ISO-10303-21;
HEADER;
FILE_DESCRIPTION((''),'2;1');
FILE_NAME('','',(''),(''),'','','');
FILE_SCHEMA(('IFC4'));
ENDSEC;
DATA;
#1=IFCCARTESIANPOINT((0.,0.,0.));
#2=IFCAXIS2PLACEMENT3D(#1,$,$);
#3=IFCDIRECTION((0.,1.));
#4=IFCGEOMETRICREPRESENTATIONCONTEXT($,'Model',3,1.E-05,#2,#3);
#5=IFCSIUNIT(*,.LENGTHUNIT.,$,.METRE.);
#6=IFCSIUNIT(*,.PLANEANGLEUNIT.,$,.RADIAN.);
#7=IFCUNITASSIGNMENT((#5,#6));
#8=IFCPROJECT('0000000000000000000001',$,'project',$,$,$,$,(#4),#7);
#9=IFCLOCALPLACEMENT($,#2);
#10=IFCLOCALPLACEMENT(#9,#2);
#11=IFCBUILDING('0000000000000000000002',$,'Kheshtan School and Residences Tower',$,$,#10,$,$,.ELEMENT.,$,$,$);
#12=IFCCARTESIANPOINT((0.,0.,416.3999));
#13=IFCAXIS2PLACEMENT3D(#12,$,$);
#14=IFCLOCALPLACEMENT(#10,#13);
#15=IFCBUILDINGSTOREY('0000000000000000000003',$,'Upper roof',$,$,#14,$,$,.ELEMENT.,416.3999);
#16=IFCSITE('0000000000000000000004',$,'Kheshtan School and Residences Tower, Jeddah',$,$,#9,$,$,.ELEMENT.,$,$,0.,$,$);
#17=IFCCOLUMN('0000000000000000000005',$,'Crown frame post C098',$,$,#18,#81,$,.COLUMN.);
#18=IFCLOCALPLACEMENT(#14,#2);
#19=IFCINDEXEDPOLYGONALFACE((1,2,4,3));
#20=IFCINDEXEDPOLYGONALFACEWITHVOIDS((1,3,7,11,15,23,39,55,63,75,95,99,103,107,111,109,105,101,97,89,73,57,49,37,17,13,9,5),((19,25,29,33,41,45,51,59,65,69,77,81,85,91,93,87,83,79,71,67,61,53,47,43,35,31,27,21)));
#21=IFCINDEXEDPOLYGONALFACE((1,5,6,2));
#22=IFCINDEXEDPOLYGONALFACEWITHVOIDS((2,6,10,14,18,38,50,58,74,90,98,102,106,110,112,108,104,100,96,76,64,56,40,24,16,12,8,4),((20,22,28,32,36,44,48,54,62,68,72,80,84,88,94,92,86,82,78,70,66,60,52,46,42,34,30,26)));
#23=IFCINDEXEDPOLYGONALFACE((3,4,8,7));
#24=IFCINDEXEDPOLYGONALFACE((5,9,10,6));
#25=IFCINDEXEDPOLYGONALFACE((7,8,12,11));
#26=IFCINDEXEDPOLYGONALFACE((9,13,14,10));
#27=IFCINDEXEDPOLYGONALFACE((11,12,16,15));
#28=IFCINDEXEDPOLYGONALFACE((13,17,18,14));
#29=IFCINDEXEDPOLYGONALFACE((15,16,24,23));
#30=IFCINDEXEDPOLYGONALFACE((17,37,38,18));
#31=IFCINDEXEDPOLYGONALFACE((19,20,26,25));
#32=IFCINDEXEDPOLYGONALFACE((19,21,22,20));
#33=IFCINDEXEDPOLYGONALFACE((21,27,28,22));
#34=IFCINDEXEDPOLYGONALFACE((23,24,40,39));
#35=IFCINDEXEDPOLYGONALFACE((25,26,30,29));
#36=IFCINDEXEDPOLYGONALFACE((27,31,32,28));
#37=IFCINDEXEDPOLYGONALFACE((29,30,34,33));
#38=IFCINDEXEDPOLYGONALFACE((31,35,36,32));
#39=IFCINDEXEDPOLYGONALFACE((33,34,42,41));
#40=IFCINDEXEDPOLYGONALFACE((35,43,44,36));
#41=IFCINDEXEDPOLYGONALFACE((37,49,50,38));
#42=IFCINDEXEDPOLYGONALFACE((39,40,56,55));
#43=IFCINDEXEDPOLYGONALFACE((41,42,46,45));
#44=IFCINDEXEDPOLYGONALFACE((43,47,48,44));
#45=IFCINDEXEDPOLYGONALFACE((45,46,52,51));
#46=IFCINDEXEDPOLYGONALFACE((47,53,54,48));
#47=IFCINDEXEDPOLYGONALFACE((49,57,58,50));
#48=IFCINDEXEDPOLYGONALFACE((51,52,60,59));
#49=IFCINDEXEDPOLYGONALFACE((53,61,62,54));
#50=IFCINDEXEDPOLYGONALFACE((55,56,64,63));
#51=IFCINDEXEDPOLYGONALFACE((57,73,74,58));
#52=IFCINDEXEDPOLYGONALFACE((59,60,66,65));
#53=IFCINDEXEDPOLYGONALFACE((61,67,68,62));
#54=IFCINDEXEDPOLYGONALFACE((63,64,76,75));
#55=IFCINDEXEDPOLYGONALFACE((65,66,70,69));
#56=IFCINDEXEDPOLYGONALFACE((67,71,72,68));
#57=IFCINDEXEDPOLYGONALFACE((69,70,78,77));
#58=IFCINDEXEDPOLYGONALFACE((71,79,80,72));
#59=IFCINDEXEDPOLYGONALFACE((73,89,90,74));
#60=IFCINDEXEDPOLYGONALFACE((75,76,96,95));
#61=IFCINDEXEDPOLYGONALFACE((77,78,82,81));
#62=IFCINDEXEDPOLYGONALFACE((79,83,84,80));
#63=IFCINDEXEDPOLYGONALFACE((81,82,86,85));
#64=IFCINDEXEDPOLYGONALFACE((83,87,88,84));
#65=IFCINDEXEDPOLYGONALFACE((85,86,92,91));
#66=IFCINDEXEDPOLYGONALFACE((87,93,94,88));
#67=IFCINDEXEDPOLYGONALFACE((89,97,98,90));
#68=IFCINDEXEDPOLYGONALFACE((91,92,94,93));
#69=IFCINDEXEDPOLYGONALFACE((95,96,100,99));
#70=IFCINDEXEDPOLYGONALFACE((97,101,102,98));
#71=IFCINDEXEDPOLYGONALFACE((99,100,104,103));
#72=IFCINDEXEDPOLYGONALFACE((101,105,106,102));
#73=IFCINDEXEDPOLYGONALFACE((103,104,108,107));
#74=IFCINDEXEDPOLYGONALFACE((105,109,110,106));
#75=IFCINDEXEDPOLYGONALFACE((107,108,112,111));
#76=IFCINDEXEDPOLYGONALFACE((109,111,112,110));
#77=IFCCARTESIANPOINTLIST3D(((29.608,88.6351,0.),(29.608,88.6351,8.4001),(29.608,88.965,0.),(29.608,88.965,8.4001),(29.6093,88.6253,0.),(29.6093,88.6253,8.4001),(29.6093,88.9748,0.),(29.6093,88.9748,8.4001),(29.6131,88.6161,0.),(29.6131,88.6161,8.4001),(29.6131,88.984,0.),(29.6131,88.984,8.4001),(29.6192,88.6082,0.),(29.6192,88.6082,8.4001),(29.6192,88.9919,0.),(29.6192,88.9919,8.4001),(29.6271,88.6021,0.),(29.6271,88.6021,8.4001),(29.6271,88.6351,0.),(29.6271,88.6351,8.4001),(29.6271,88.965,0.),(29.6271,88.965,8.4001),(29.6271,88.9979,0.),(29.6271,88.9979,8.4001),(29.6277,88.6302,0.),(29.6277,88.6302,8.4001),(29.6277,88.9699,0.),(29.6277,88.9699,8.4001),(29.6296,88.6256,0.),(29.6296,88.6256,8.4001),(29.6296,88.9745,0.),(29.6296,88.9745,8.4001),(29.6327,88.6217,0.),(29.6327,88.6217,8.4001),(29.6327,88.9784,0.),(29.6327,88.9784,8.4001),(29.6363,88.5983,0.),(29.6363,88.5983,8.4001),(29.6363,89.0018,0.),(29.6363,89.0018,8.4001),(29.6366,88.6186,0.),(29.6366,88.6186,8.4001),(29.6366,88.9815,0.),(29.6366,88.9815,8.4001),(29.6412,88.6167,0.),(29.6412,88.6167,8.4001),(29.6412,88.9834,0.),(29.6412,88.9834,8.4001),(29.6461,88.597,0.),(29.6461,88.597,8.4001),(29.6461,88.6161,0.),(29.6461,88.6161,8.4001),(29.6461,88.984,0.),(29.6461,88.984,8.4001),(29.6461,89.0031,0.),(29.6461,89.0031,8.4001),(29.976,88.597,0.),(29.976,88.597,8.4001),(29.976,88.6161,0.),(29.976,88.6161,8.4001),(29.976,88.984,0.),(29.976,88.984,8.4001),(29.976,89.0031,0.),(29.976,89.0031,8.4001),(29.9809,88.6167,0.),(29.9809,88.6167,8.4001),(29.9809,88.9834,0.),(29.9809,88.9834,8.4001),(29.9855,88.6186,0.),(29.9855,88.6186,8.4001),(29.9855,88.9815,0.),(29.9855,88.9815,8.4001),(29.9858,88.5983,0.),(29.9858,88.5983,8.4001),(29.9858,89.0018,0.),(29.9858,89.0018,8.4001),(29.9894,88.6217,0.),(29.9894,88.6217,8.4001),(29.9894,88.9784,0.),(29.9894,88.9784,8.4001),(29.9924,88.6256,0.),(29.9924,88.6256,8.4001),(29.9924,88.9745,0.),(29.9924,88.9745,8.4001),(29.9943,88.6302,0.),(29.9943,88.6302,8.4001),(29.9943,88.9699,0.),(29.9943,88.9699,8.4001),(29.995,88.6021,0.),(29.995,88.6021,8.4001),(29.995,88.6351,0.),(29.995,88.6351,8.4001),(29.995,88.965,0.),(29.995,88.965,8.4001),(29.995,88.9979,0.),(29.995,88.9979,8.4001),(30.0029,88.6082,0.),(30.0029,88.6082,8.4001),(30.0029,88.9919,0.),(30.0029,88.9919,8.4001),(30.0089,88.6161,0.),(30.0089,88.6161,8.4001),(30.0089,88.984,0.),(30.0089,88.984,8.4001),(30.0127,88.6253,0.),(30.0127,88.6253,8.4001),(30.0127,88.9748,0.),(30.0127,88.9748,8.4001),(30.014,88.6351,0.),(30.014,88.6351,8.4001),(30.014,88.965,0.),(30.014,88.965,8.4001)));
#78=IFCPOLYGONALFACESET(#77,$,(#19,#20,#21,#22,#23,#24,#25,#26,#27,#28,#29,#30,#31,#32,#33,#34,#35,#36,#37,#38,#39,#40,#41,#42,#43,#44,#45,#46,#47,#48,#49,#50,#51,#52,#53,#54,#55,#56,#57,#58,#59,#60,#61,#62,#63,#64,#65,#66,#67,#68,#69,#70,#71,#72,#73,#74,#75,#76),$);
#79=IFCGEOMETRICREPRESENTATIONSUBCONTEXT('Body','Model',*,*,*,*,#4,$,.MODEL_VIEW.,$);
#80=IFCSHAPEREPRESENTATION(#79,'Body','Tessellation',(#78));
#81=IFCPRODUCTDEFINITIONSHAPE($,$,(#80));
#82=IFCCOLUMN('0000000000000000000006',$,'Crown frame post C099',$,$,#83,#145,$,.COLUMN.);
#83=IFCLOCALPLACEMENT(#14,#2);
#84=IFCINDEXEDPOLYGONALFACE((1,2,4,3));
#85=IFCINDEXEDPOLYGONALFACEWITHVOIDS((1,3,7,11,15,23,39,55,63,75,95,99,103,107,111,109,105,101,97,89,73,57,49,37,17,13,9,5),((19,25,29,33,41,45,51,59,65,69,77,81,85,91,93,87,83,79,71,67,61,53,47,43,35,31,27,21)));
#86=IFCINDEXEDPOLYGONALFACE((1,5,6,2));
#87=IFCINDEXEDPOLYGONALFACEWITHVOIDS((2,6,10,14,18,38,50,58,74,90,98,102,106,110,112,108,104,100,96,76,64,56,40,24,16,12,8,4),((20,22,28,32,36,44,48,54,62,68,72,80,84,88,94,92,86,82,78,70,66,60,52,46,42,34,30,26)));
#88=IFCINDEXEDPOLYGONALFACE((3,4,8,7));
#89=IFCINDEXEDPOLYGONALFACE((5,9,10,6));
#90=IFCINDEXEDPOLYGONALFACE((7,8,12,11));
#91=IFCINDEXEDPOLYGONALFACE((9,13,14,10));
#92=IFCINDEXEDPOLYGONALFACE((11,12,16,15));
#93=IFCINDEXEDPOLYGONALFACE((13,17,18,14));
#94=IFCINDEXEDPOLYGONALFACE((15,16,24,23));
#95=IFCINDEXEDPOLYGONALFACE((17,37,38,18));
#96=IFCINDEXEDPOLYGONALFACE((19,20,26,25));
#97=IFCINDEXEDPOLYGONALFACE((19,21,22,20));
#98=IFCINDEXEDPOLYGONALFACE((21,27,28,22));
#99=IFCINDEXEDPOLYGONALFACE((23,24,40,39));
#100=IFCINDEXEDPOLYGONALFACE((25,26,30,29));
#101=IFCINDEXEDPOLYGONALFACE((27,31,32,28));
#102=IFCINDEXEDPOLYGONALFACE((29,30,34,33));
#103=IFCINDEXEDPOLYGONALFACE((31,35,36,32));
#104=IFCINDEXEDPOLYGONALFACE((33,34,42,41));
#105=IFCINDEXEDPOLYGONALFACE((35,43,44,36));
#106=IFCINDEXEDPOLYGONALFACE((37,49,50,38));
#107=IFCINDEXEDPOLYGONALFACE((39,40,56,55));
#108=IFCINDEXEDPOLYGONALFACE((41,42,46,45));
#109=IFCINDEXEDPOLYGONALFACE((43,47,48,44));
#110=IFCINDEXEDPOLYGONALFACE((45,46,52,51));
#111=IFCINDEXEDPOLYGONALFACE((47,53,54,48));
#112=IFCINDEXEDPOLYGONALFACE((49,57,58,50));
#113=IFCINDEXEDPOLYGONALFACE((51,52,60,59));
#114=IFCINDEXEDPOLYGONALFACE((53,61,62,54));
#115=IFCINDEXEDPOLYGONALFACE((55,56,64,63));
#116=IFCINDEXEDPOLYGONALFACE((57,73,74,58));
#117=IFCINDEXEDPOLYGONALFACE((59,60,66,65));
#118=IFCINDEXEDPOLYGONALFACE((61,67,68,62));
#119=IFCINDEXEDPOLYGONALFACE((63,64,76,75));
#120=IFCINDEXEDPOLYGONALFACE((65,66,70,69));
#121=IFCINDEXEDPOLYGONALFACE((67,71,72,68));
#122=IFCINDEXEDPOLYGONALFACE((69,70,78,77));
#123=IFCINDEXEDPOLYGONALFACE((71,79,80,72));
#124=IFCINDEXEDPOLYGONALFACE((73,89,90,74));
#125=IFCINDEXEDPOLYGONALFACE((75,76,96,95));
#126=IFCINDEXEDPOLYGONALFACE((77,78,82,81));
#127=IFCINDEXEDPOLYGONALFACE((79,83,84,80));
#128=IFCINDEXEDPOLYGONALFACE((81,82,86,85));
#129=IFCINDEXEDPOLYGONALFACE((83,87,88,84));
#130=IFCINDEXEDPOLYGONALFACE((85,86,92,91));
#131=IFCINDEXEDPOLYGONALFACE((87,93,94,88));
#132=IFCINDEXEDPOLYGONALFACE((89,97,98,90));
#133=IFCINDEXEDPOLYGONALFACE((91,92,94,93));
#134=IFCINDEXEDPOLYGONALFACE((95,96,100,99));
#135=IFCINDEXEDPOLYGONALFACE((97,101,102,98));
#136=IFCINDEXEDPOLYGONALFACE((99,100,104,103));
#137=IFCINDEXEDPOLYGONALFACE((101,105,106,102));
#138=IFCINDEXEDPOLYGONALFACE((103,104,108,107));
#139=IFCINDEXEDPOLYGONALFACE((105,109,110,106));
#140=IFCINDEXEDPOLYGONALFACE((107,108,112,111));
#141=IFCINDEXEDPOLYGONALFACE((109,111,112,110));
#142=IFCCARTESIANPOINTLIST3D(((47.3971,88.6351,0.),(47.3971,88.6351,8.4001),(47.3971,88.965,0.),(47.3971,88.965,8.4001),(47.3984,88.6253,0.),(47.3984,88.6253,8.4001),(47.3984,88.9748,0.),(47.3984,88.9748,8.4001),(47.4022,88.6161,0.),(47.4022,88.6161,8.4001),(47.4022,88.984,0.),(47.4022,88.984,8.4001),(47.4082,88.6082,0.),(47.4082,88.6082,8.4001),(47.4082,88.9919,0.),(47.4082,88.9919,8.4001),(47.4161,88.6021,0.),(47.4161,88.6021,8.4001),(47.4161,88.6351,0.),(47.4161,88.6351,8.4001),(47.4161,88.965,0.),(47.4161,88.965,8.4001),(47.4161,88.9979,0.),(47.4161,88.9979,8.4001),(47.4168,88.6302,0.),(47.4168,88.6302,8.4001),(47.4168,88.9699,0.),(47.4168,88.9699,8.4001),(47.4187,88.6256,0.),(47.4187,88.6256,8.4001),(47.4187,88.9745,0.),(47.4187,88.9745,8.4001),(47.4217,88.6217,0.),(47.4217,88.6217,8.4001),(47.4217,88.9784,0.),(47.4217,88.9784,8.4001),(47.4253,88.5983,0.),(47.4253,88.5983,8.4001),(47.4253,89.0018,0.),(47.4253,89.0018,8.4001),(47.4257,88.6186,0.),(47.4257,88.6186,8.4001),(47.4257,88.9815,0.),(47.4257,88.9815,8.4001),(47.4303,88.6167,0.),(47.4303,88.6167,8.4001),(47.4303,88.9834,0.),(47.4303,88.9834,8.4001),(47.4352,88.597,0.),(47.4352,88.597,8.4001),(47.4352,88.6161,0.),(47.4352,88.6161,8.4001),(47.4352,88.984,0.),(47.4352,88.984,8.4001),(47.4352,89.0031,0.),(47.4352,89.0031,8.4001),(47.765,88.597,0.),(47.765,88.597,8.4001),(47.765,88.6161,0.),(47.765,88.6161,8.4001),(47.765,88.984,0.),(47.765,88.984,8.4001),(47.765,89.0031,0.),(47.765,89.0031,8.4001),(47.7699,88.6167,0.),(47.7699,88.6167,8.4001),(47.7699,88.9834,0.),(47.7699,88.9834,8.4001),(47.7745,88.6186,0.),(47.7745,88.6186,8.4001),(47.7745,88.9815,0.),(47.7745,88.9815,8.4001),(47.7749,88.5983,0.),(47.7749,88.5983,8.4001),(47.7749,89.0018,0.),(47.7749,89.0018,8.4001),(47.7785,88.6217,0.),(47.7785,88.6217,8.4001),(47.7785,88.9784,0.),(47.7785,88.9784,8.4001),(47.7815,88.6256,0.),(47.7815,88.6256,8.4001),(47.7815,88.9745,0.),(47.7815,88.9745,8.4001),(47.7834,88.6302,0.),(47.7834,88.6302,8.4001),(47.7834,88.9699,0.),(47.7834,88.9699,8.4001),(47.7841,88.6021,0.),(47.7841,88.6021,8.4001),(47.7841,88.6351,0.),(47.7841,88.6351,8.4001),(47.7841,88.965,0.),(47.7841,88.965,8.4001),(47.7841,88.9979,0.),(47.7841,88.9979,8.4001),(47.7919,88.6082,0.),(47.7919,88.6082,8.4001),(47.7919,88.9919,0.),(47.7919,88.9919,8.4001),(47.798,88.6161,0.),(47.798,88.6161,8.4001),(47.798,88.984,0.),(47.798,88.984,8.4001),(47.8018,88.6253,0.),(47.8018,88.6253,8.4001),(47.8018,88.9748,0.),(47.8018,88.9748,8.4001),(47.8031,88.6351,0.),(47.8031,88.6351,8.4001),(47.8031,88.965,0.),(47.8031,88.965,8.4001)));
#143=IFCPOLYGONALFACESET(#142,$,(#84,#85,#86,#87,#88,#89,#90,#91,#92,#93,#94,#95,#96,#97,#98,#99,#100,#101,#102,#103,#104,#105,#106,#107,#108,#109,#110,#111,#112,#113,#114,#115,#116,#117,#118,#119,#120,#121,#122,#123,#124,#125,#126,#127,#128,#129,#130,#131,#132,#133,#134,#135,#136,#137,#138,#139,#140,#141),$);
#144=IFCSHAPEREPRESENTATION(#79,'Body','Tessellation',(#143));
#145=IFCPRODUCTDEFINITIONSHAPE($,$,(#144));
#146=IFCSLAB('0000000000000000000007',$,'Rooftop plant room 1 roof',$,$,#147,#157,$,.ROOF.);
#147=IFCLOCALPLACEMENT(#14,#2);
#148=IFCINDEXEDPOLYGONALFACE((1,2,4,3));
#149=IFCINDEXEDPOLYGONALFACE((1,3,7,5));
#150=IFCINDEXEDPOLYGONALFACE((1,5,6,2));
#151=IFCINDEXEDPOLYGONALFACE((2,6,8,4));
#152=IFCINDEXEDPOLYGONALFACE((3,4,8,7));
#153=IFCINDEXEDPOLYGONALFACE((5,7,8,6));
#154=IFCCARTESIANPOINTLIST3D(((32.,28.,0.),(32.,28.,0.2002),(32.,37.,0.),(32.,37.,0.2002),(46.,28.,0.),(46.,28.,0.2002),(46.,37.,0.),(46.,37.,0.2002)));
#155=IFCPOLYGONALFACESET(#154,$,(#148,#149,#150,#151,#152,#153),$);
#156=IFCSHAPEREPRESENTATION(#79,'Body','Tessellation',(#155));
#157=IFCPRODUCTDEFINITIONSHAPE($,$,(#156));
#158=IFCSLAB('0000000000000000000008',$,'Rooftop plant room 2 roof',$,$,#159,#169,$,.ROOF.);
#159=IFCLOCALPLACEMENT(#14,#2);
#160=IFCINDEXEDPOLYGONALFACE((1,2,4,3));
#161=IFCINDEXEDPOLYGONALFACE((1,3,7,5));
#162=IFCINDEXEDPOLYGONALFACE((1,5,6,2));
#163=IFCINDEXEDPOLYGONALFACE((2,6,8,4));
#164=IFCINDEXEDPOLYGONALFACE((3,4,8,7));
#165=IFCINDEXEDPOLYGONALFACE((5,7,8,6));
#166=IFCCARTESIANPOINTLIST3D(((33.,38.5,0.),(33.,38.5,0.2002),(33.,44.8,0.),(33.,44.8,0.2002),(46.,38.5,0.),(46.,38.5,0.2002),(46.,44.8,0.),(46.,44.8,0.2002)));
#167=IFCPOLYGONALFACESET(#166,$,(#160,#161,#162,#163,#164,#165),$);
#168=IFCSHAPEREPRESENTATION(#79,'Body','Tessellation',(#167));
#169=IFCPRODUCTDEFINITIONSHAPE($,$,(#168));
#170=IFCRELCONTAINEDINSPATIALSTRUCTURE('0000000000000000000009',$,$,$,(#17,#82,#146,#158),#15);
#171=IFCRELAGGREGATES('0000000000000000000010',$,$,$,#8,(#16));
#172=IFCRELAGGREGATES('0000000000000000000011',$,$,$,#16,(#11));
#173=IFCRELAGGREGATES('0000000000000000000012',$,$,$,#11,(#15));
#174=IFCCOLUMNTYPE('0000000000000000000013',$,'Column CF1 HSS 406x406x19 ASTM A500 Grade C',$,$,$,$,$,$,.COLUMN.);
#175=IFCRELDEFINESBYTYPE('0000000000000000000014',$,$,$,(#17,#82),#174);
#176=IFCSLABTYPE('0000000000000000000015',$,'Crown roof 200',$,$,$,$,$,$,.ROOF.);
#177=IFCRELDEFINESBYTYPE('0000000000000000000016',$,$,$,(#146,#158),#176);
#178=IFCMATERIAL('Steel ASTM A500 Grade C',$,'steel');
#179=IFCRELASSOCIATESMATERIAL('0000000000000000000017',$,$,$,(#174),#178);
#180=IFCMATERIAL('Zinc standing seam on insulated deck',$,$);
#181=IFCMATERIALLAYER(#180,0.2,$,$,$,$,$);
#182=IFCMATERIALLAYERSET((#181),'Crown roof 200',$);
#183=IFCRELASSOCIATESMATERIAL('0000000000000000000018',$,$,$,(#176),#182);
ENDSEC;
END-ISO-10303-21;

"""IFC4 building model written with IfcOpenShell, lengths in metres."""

from ifc_helpers import new_model, si_unit, direction, frame, origin, origin_2d, place, context, subcontext, project, spatial, polyline, hollow_rectangle, outline, extrude, material, layer, layer_set, material_profile, profile_set, type_object, element, save


model = new_model("IFC4")

# Units and contexts
model_context = context("Model", 3, precision=1e-05, world=origin(), true_north=direction((0.0, 1.0)))
body_context = subcontext(model_context, "Body", "Model", "MODEL_VIEW")
ifc_project = project(units=[si_unit("LENGTHUNIT", "METRE"), si_unit("PLANEANGLEUNIT", "RADIAN")], contexts=[model_context])

# Site, building, storey
site_placement = place(None, origin())
site = spatial("IfcSite", under=ifc_project, at=site_placement, Name="Kheshtan School and Residences Tower, Jeddah", CompositionType="ELEMENT", RefElevation=0.0)
building_placement = place(site_placement, origin())
building = spatial("IfcBuilding", under=site, at=building_placement, Name="Kheshtan School and Residences Tower", CompositionType="ELEMENT")
storey_placement = place(building_placement, frame((0.0, 0.0, 416.3999)))
storey = spatial("IfcBuildingStorey", under=building, at=storey_placement, Name="Upper roof", CompositionType="ELEMENT", Elevation=416.3999)

# Columns
ifc_material_1 = material(Name="Steel ASTM A500 Grade C", Category="steel")
ifc_material_profile = material_profile(ifc_material_1, hollow_rectangle(XDim=0.406, YDim=0.406, WallThickness=0.019, InnerFilletRadius=0.019, OuterFilletRadius=0.0381, at=origin_2d()), Name="HSS 406x406x19")
ifc_profile_set = profile_set([ifc_material_profile], Name="Steel ASTM A500 Grade C")
column_type = type_object("IfcColumnType", Name="Column CF1 HSS 406x406x19 ASTM A500 Grade C", PredefinedType="COLUMN", material=ifc_profile_set)
for number, where, z_axis, x_axis, name in (
    (1, (29.811, 88.8, 0.0), (0.0, 0.0, 1.0), (1.0, 0.0, 0.0), "Crown frame post C098"),
    (2, (47.6001, 88.8, 0.0), (0.0, 0.0, 1.0), (1.0, 0.0, 0.0), "Crown frame post C099"),
):
    element("IfcColumn", number, at=place(storey_placement, frame(where, z_axis=z_axis, x_axis=x_axis)), inside=storey, type_object=column_type, Name=name, PredefinedType="COLUMN", context=body_context, shape_type="SweptSolid", body=[
        extrude(hollow_rectangle(XDim=0.406, YDim=0.406, WallThickness=0.019, InnerFilletRadius=0.019, OuterFilletRadius=0.0381, at=origin_2d()), origin(), (0.0, 0.0, 1.0), 8.4001),
    ])

# Slabs
ifc_material_2 = material(Name="Zinc standing seam on insulated deck")
ifc_layer = layer(ifc_material_2, 0.2)
ifc_layer_set = layer_set([ifc_layer], Name="Crown roof 200")
slab_type = type_object("IfcSlabType", Name="Crown roof 200", PredefinedType="ROOF", material=ifc_layer_set)
slab_1_placement = place(storey_placement, origin())
element("IfcSlab", 3, at=slab_1_placement, inside=storey, type_object=slab_type, Name="Rooftop plant room 1 roof", PredefinedType="ROOF", context=body_context, shape_type="SweptSolid", body=[
    extrude(outline(polyline([(46.0, 28.0), (46.0, 37.0), (32.0, 37.0), (32.0, 28.0), (46.0, 28.0)])), origin(), (0.0, 0.0, 1.0), 0.2002),
])
slab_2_placement = place(storey_placement, origin())
element("IfcSlab", 4, at=slab_2_placement, inside=storey, type_object=slab_type, Name="Rooftop plant room 2 roof", PredefinedType="ROOF", context=body_context, shape_type="SweptSolid", body=[
    extrude(outline(polyline([(46.0, 38.5), (46.0, 44.8), (33.0, 44.8), (33.0, 38.5), (46.0, 38.5)])), origin(), (0.0, 0.0, 1.0), 0.2002),
])

save(model, "model.ifc")
